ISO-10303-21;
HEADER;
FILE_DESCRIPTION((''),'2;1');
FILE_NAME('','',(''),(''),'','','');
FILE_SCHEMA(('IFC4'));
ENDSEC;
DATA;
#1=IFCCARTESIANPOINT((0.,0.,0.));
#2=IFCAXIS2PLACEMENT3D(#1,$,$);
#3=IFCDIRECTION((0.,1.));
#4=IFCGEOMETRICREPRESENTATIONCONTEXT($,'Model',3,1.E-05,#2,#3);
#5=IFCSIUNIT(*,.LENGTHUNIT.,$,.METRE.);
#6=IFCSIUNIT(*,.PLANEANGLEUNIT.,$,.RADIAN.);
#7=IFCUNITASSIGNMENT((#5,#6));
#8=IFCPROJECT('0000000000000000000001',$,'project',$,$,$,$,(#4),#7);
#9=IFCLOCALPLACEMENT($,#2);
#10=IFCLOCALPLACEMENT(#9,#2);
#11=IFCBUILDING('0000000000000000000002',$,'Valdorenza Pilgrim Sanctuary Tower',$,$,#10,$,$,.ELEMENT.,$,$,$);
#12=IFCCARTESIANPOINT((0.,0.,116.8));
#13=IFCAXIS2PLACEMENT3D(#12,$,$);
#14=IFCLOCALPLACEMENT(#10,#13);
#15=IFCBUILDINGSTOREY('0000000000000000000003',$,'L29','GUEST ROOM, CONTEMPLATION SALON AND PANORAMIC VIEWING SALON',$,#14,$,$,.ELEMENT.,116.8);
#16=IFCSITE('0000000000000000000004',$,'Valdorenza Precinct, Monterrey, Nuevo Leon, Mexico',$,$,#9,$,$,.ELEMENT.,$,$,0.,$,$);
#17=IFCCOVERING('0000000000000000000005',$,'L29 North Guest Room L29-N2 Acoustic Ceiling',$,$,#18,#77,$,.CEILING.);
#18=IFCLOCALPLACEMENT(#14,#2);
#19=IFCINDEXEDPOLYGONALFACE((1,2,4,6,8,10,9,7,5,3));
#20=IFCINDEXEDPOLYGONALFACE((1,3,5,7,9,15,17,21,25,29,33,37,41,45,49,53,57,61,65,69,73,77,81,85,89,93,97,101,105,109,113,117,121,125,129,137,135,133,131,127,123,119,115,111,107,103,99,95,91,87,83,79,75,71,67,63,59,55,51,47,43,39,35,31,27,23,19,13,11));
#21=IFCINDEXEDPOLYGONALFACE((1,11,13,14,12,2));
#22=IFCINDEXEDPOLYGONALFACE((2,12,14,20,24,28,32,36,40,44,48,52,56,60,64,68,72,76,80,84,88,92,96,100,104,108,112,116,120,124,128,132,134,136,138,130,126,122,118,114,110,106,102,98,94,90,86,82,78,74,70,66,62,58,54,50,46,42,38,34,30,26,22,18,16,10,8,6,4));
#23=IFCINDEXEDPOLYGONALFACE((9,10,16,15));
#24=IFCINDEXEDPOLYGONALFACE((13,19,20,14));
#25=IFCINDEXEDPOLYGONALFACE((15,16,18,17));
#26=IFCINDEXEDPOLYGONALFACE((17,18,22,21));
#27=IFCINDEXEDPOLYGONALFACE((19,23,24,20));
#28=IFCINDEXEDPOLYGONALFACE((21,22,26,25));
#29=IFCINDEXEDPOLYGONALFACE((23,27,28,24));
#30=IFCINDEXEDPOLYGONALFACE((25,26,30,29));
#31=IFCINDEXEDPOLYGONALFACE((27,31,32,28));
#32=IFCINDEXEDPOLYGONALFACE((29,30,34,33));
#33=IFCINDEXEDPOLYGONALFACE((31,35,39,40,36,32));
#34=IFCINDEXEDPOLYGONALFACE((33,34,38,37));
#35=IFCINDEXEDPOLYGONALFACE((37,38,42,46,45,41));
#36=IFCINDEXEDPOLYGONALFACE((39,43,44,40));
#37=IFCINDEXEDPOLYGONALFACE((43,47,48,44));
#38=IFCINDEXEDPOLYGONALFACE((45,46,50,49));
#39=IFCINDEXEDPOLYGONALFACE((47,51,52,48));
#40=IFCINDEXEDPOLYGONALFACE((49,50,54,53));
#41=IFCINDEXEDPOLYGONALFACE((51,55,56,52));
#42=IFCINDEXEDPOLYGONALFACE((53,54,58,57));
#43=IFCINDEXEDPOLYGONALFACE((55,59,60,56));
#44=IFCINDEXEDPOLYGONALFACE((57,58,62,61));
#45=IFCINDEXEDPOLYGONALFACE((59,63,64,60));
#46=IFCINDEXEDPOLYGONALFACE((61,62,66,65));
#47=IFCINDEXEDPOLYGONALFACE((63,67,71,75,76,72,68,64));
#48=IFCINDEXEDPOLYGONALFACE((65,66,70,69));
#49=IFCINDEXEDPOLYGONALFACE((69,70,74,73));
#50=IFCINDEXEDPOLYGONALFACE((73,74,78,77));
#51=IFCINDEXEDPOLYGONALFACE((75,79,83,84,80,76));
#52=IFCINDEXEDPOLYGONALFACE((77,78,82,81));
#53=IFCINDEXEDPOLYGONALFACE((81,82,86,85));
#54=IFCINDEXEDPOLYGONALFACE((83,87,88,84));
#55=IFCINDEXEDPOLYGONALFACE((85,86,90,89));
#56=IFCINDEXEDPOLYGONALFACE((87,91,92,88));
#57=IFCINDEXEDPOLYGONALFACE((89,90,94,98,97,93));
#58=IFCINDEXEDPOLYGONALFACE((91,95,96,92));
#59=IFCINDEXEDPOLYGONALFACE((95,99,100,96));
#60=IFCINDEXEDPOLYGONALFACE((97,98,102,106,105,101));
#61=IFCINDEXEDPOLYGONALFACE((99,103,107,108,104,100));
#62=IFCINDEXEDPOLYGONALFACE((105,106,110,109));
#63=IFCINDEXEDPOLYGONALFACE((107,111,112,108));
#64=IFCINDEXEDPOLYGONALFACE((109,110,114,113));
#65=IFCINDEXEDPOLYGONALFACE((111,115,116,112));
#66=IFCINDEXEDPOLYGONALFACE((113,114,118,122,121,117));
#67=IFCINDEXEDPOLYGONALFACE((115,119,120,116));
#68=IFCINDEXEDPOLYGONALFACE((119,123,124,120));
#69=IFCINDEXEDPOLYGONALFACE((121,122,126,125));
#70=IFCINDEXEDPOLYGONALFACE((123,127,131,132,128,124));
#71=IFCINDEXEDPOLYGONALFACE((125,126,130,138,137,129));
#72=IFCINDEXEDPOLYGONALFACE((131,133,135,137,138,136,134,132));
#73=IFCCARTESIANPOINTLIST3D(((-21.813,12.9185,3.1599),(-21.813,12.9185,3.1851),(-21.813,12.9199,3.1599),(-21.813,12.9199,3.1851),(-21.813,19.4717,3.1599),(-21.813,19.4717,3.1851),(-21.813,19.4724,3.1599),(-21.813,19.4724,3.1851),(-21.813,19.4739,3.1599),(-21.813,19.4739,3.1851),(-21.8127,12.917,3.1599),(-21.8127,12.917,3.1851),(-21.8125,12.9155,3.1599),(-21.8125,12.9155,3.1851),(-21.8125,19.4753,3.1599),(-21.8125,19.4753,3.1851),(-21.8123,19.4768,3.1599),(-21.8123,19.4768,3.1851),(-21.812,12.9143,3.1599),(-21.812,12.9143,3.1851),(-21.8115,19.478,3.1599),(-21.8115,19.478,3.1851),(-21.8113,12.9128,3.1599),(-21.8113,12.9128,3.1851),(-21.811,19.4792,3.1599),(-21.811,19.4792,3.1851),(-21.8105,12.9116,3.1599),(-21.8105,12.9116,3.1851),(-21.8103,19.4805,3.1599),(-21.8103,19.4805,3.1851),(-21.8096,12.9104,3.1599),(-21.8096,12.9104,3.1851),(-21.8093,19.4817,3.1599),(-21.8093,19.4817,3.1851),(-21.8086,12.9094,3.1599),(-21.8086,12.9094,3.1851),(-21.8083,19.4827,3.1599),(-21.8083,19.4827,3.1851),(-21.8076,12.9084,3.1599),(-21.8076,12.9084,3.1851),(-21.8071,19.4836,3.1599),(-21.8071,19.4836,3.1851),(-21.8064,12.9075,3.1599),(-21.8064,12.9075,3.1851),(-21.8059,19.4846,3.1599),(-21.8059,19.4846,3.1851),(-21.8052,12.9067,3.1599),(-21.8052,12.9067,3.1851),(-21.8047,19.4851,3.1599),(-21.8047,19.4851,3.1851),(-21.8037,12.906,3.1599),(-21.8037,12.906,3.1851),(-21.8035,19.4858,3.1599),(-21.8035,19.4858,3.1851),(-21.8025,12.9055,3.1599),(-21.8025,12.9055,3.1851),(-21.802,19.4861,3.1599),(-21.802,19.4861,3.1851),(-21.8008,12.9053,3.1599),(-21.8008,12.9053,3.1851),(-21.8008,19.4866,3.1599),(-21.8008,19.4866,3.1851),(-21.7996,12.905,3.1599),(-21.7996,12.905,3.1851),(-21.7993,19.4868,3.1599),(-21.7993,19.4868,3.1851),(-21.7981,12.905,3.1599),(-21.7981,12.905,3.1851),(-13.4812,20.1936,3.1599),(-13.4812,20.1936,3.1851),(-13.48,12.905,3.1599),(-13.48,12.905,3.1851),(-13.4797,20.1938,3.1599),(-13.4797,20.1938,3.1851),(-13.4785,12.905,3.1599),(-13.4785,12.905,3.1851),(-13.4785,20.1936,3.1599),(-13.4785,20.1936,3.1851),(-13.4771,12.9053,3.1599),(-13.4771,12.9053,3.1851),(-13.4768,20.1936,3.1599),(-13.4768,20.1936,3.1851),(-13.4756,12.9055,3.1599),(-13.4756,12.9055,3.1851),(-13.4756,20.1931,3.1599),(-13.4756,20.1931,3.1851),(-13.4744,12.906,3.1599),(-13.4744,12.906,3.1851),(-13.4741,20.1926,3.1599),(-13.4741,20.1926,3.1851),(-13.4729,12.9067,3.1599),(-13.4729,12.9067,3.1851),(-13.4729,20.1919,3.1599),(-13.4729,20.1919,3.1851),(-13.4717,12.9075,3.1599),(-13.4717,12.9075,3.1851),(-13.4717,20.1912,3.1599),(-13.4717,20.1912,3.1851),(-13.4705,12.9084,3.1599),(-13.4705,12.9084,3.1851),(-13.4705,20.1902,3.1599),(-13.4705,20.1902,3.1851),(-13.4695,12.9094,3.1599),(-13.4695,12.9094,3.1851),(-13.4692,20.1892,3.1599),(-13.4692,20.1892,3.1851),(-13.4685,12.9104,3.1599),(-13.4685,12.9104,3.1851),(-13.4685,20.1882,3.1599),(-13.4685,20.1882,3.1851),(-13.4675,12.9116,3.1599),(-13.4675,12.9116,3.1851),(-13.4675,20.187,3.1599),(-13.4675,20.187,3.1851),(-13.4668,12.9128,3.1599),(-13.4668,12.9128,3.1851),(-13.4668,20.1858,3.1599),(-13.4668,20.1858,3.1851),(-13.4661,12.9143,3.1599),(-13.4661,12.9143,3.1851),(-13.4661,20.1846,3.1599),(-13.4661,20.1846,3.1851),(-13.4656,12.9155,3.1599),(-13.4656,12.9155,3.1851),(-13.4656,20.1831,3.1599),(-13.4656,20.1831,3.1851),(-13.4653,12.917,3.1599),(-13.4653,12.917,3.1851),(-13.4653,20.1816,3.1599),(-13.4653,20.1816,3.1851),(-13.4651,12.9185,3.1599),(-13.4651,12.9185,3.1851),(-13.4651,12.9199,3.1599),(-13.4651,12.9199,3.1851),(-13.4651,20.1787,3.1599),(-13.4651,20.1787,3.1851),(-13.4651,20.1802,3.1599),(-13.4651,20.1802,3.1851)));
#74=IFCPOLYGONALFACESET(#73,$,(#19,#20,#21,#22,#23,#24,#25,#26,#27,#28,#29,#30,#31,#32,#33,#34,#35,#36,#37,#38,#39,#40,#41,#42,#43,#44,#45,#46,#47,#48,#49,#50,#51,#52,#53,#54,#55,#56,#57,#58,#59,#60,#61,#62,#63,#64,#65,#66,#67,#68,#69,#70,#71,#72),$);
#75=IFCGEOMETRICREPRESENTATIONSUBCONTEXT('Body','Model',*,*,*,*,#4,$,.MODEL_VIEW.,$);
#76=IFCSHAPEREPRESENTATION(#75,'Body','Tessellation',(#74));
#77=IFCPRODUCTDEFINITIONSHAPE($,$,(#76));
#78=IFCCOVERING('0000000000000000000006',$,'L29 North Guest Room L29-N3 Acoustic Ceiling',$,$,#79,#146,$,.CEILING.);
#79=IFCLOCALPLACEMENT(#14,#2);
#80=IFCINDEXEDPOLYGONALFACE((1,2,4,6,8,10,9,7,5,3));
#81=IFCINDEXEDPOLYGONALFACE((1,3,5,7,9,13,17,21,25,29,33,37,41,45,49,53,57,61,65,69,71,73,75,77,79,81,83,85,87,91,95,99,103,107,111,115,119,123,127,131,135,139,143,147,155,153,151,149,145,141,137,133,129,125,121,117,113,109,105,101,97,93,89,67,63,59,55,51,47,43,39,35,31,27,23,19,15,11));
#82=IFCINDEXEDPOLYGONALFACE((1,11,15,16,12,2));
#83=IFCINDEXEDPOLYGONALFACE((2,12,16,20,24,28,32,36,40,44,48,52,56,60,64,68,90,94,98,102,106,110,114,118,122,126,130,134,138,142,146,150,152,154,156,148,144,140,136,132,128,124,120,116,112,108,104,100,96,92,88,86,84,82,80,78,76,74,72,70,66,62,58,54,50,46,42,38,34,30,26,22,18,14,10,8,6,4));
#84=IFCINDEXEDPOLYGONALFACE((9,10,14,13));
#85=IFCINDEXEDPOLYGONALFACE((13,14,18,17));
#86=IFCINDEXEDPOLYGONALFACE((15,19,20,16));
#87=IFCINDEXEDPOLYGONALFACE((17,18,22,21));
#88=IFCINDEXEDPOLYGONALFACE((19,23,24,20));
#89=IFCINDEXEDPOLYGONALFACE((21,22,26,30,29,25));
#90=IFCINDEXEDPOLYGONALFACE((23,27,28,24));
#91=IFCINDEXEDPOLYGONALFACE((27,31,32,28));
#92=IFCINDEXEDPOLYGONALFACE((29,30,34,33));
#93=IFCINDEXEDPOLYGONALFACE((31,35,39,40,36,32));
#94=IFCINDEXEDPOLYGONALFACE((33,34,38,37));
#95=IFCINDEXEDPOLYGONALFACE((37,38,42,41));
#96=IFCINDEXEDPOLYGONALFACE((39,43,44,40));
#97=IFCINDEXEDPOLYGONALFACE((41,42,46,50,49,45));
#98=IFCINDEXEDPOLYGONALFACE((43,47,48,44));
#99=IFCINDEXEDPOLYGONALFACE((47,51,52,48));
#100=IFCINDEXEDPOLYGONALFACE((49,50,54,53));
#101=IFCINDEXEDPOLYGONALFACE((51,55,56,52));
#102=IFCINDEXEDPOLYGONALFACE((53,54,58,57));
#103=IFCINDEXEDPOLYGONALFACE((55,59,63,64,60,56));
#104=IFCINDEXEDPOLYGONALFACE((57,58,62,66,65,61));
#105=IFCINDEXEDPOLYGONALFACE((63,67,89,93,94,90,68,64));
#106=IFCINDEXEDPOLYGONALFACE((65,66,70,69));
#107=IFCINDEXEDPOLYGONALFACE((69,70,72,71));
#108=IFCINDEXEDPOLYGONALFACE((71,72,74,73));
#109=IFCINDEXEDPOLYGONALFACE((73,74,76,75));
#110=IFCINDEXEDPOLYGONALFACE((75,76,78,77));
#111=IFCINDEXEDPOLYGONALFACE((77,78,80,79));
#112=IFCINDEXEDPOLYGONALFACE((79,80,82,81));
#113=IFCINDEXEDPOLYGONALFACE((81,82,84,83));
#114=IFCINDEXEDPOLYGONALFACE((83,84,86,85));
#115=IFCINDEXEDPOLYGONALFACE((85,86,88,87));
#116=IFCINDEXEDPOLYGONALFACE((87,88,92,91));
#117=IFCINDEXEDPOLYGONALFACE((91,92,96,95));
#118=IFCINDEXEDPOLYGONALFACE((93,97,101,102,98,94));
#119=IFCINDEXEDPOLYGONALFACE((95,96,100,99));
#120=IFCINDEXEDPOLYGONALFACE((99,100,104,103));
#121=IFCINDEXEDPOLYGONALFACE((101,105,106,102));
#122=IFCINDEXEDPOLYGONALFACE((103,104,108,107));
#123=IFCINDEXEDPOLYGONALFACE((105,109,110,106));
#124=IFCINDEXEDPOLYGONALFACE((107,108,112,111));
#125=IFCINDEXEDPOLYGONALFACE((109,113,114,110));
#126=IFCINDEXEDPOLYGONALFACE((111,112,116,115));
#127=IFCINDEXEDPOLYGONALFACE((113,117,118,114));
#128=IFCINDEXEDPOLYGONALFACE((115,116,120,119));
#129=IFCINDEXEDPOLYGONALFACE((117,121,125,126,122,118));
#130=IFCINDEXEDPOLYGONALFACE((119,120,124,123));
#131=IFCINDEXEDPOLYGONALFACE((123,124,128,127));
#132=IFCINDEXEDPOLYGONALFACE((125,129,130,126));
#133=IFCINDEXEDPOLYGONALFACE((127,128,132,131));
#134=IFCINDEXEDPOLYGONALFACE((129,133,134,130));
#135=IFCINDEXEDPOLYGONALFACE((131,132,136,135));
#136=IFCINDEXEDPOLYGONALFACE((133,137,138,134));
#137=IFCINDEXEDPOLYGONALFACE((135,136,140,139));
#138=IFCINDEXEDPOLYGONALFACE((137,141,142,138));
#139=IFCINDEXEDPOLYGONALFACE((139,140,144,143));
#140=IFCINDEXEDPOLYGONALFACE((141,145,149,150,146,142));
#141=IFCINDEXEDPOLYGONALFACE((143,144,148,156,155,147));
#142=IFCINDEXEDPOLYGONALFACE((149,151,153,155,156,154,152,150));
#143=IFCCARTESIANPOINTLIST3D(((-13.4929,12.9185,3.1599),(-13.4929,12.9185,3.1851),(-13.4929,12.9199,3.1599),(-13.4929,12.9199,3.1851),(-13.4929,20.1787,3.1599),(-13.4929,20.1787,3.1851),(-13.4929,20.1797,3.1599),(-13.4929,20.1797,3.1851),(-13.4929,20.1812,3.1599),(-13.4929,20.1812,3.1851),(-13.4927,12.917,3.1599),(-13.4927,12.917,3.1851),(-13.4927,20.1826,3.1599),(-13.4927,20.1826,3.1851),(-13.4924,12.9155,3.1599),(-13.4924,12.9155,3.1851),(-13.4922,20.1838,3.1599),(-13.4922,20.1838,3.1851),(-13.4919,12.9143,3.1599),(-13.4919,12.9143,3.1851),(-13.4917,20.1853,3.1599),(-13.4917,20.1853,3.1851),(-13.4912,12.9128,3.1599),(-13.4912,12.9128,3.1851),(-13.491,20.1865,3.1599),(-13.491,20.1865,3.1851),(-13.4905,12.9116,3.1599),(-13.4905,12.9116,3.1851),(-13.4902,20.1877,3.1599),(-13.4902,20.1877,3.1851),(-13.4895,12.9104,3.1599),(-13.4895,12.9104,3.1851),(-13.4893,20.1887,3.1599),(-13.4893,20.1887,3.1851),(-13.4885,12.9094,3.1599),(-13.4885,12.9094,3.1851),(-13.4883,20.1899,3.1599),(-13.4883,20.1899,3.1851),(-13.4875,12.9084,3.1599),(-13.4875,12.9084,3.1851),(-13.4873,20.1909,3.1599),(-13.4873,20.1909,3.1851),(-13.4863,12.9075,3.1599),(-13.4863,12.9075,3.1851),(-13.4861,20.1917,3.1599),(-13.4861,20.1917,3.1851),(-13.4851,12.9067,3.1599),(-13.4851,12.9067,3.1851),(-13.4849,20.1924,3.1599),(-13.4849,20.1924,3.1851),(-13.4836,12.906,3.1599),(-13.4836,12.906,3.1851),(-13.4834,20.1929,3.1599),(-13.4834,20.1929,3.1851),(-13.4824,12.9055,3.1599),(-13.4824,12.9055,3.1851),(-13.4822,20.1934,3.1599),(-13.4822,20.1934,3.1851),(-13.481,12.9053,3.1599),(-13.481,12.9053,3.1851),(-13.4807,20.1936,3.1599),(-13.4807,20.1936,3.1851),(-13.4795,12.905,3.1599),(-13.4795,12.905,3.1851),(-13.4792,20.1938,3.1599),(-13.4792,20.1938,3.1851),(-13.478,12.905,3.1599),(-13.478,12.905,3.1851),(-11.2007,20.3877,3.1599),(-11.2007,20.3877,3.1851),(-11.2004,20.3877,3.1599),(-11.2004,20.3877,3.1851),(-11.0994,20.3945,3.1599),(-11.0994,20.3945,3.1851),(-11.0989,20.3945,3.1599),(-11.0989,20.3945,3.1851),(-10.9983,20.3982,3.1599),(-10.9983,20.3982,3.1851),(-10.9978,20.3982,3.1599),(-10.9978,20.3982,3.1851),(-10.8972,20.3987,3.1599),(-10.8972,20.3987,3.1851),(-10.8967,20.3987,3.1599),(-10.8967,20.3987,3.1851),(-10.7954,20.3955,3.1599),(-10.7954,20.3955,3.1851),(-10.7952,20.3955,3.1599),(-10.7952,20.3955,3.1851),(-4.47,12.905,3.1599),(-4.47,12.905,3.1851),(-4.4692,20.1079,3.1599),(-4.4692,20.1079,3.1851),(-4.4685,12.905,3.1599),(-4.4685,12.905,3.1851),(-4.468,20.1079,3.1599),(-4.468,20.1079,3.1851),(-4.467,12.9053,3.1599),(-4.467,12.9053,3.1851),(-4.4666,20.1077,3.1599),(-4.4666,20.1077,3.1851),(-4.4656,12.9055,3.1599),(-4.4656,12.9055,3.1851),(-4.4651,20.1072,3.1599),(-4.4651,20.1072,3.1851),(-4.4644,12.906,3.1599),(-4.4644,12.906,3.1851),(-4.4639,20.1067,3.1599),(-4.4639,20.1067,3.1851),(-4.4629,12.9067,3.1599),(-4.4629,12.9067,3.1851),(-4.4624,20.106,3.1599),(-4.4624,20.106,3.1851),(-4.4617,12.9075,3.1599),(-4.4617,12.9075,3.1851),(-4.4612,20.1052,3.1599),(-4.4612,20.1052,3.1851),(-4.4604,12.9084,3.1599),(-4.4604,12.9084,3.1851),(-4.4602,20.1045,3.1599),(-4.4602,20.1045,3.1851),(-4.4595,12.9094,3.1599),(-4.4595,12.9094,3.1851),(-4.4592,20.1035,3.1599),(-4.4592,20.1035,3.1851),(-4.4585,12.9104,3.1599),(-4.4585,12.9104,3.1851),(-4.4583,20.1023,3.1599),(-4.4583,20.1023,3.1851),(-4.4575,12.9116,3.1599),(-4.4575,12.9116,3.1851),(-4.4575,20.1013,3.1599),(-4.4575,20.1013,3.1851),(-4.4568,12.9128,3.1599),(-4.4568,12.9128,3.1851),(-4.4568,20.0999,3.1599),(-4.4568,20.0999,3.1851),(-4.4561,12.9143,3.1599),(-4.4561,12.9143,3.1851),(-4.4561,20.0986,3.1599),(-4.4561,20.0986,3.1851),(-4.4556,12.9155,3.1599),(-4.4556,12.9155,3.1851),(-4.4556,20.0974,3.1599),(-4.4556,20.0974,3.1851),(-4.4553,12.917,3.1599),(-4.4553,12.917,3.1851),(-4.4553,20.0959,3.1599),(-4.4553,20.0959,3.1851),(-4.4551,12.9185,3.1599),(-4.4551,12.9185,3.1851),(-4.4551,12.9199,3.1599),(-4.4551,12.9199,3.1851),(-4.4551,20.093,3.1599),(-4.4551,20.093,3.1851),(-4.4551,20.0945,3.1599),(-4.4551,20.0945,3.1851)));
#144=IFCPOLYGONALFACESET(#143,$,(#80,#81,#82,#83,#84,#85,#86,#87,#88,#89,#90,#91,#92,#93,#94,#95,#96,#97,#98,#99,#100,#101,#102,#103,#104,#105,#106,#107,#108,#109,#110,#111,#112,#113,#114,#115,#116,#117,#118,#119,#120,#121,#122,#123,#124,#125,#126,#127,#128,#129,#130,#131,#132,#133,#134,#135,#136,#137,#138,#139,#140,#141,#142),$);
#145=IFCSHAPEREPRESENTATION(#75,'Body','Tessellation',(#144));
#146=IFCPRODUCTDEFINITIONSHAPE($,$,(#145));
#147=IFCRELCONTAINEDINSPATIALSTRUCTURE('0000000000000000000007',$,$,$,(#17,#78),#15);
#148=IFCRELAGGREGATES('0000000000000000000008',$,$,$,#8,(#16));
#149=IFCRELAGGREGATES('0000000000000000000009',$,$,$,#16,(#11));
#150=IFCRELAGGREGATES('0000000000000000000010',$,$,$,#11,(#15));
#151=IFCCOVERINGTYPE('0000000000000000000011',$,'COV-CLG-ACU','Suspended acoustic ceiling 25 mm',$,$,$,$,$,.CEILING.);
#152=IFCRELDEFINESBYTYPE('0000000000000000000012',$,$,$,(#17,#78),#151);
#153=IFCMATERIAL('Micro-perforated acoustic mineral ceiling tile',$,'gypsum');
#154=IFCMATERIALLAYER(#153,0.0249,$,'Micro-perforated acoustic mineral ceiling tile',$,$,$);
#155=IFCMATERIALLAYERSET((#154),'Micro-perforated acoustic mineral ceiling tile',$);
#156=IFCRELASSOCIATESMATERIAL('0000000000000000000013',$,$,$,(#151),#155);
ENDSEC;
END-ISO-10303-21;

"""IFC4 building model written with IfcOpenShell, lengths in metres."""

from ifc_helpers import new_model, si_unit, direction, frame, origin, place, context, subcontext, project, spatial, polyline, outline, extrude, material, layer, layer_set, type_object, element, save


model = new_model("IFC4")

# Units and contexts
model_context = context("Model", 3, precision=1e-05, world=origin(), true_north=direction((0.0, 1.0)))
body_context = subcontext(model_context, "Body", "Model", "MODEL_VIEW")
ifc_project = project(units=[si_unit("LENGTHUNIT", "METRE"), si_unit("PLANEANGLEUNIT", "RADIAN")], contexts=[model_context])

# Site, building, storey
site_placement = place(None, origin())
site = spatial("IfcSite", under=ifc_project, at=site_placement, Name="Valdorenza Precinct, Monterrey, Nuevo Leon, Mexico", CompositionType="ELEMENT", RefElevation=0.0)
building_placement = place(site_placement, origin())
building = spatial("IfcBuilding", under=site, at=building_placement, Name="Valdorenza Pilgrim Sanctuary Tower", CompositionType="ELEMENT")
storey_placement = place(building_placement, frame((0.0, 0.0, 116.8)))
storey = spatial("IfcBuildingStorey", under=building, at=storey_placement, Name="L29", Description="GUEST ROOM, CONTEMPLATION SALON AND PANORAMIC VIEWING SALON", CompositionType="ELEMENT", Elevation=116.8)

# Coverings
ifc_material_1 = material(Name="Micro-perforated acoustic mineral ceiling tile", Category="gypsum")
ifc_layer_1 = layer(ifc_material_1, 0.0249, Name="Micro-perforated acoustic mineral ceiling tile")
ifc_layer_set_1 = layer_set([ifc_layer_1], Name="Micro-perforated acoustic mineral ceiling tile")
covering_type_1 = type_object("IfcCoveringType", Name="COV-CLG-ACU", Description="Suspended acoustic ceiling 25 mm", PredefinedType="CEILING", material=ifc_layer_set_1)
covering_1_placement = place(storey_placement, frame((0.0, 0.0, 3.1599)))
element("IfcCovering", 1, at=covering_1_placement, inside=storey, type_object=covering_type_1, Name="L29 North Guest Room L29-N2 Acoustic Ceiling", PredefinedType="CEILING", context=body_context, shape_type="SweptSolid", body=[
    extrude(outline(polyline([(-21.813, 19.4717), (-21.813, 19.4724), (-21.813, 19.4739), (-21.8125, 19.4753), (-21.8123, 19.4768), (-21.8115, 19.478), (-21.811, 19.4792), (-21.8103, 19.4805), (-21.8093, 19.4817), (-21.8083, 19.4827), (-21.8071, 19.4836), (-21.8059, 19.4846), (-21.8047, 19.4851), (-21.8035, 19.4858), (-21.802, 19.4861), (-21.8008, 19.4866), (-21.7993, 19.4868), (-13.4812, 20.1936), (-13.4797, 20.1938), (-13.4785, 20.1936), (-13.4768, 20.1936), (-13.4756, 20.1931), (-13.4741, 20.1926), (-13.4729, 20.1919), (-13.4717, 20.1912), (-13.4705, 20.1902), (-13.4692, 20.1892), (-13.4685, 20.1882), (-13.4675, 20.187), (-13.4668, 20.1858), (-13.4661, 20.1846), (-13.4656, 20.1831), (-13.4653, 20.1816), (-13.4651, 20.1802), (-13.4651, 20.1787), (-13.4651, 12.9199), (-13.4651, 12.9185), (-13.4653, 12.917), (-13.4656, 12.9155), (-13.4661, 12.9143), (-13.4668, 12.9128), (-13.4675, 12.9116), (-13.4685, 12.9104), (-13.4695, 12.9094), (-13.4705, 12.9084), (-13.4717, 12.9075), (-13.4729, 12.9067), (-13.4744, 12.906), (-13.4756, 12.9055), (-13.4771, 12.9053), (-13.4785, 12.905), (-13.48, 12.905), (-21.7981, 12.905), (-21.7996, 12.905), (-21.8008, 12.9053), (-21.8025, 12.9055), (-21.8037, 12.906), (-21.8052, 12.9067), (-21.8064, 12.9075), (-21.8076, 12.9084), (-21.8086, 12.9094), (-21.8096, 12.9104), (-21.8105, 12.9116), (-21.8113, 12.9128), (-21.812, 12.9143), (-21.8125, 12.9155), (-21.8127, 12.917), (-21.813, 12.9185), (-21.813, 12.9199), (-21.813, 19.4717), (-21.813, 19.4717)])), origin(), (0.0, 0.0, 1.0), 0.0251),
])
covering_2_placement = place(storey_placement, frame((0.0, 0.0, 3.1599)))
element("IfcCovering", 2, at=covering_2_placement, inside=storey, type_object=covering_type_1, Name="L29 North Guest Room L29-N3 Acoustic Ceiling", PredefinedType="CEILING", context=body_context, shape_type="SweptSolid", body=[
    extrude(outline(polyline([(-13.4929, 20.1787), (-13.4929, 20.1797), (-13.4929, 20.1812), (-13.4927, 20.1826), (-13.4922, 20.1838), (-13.4917, 20.1853), (-13.491, 20.1865), (-13.4902, 20.1877), (-13.4893, 20.1887), (-13.4883, 20.1899), (-13.4873, 20.1909), (-13.4861, 20.1917), (-13.4849, 20.1924), (-13.4834, 20.1929), (-13.4822, 20.1934), (-13.4807, 20.1936), (-13.4792, 20.1938), (-11.2007, 20.3877), (-11.2004, 20.3877), (-11.0994, 20.3945), (-11.0989, 20.3945), (-10.9983, 20.3982), (-10.9978, 20.3982), (-10.8972, 20.3987), (-10.8967, 20.3987), (-10.7954, 20.3955), (-10.7952, 20.3955), (-4.4692, 20.1079), (-4.468, 20.1079), (-4.4666, 20.1077), (-4.4651, 20.1072), (-4.4639, 20.1067), (-4.4624, 20.106), (-4.4612, 20.1052), (-4.4602, 20.1045), (-4.4592, 20.1035), (-4.4583, 20.1023), (-4.4575, 20.1013), (-4.4568, 20.0999), (-4.4561, 20.0986), (-4.4556, 20.0974), (-4.4553, 20.0959), (-4.4551, 20.0945), (-4.4551, 20.093), (-4.4551, 12.9199), (-4.4551, 12.9185), (-4.4553, 12.917), (-4.4556, 12.9155), (-4.4561, 12.9143), (-4.4568, 12.9128), (-4.4575, 12.9116), (-4.4585, 12.9104), (-4.4595, 12.9094), (-4.4604, 12.9084), (-4.4617, 12.9075), (-4.4629, 12.9067), (-4.4644, 12.906), (-4.4656, 12.9055), (-4.467, 12.9053), (-4.4685, 12.905), (-4.47, 12.905), (-13.478, 12.905), (-13.4795, 12.905), (-13.481, 12.9053), (-13.4824, 12.9055), (-13.4836, 12.906), (-13.4851, 12.9067), (-13.4863, 12.9075), (-13.4875, 12.9084), (-13.4885, 12.9094), (-13.4895, 12.9104), (-13.4905, 12.9116), (-13.4912, 12.9128), (-13.4919, 12.9143), (-13.4924, 12.9155), (-13.4927, 12.917), (-13.4929, 12.9185), (-13.4929, 12.9199), (-13.4929, 20.1787), (-13.4929, 20.1787)])), origin(), (0.0, 0.0, 1.0), 0.0251),
])

save(model, "model.ifc")
